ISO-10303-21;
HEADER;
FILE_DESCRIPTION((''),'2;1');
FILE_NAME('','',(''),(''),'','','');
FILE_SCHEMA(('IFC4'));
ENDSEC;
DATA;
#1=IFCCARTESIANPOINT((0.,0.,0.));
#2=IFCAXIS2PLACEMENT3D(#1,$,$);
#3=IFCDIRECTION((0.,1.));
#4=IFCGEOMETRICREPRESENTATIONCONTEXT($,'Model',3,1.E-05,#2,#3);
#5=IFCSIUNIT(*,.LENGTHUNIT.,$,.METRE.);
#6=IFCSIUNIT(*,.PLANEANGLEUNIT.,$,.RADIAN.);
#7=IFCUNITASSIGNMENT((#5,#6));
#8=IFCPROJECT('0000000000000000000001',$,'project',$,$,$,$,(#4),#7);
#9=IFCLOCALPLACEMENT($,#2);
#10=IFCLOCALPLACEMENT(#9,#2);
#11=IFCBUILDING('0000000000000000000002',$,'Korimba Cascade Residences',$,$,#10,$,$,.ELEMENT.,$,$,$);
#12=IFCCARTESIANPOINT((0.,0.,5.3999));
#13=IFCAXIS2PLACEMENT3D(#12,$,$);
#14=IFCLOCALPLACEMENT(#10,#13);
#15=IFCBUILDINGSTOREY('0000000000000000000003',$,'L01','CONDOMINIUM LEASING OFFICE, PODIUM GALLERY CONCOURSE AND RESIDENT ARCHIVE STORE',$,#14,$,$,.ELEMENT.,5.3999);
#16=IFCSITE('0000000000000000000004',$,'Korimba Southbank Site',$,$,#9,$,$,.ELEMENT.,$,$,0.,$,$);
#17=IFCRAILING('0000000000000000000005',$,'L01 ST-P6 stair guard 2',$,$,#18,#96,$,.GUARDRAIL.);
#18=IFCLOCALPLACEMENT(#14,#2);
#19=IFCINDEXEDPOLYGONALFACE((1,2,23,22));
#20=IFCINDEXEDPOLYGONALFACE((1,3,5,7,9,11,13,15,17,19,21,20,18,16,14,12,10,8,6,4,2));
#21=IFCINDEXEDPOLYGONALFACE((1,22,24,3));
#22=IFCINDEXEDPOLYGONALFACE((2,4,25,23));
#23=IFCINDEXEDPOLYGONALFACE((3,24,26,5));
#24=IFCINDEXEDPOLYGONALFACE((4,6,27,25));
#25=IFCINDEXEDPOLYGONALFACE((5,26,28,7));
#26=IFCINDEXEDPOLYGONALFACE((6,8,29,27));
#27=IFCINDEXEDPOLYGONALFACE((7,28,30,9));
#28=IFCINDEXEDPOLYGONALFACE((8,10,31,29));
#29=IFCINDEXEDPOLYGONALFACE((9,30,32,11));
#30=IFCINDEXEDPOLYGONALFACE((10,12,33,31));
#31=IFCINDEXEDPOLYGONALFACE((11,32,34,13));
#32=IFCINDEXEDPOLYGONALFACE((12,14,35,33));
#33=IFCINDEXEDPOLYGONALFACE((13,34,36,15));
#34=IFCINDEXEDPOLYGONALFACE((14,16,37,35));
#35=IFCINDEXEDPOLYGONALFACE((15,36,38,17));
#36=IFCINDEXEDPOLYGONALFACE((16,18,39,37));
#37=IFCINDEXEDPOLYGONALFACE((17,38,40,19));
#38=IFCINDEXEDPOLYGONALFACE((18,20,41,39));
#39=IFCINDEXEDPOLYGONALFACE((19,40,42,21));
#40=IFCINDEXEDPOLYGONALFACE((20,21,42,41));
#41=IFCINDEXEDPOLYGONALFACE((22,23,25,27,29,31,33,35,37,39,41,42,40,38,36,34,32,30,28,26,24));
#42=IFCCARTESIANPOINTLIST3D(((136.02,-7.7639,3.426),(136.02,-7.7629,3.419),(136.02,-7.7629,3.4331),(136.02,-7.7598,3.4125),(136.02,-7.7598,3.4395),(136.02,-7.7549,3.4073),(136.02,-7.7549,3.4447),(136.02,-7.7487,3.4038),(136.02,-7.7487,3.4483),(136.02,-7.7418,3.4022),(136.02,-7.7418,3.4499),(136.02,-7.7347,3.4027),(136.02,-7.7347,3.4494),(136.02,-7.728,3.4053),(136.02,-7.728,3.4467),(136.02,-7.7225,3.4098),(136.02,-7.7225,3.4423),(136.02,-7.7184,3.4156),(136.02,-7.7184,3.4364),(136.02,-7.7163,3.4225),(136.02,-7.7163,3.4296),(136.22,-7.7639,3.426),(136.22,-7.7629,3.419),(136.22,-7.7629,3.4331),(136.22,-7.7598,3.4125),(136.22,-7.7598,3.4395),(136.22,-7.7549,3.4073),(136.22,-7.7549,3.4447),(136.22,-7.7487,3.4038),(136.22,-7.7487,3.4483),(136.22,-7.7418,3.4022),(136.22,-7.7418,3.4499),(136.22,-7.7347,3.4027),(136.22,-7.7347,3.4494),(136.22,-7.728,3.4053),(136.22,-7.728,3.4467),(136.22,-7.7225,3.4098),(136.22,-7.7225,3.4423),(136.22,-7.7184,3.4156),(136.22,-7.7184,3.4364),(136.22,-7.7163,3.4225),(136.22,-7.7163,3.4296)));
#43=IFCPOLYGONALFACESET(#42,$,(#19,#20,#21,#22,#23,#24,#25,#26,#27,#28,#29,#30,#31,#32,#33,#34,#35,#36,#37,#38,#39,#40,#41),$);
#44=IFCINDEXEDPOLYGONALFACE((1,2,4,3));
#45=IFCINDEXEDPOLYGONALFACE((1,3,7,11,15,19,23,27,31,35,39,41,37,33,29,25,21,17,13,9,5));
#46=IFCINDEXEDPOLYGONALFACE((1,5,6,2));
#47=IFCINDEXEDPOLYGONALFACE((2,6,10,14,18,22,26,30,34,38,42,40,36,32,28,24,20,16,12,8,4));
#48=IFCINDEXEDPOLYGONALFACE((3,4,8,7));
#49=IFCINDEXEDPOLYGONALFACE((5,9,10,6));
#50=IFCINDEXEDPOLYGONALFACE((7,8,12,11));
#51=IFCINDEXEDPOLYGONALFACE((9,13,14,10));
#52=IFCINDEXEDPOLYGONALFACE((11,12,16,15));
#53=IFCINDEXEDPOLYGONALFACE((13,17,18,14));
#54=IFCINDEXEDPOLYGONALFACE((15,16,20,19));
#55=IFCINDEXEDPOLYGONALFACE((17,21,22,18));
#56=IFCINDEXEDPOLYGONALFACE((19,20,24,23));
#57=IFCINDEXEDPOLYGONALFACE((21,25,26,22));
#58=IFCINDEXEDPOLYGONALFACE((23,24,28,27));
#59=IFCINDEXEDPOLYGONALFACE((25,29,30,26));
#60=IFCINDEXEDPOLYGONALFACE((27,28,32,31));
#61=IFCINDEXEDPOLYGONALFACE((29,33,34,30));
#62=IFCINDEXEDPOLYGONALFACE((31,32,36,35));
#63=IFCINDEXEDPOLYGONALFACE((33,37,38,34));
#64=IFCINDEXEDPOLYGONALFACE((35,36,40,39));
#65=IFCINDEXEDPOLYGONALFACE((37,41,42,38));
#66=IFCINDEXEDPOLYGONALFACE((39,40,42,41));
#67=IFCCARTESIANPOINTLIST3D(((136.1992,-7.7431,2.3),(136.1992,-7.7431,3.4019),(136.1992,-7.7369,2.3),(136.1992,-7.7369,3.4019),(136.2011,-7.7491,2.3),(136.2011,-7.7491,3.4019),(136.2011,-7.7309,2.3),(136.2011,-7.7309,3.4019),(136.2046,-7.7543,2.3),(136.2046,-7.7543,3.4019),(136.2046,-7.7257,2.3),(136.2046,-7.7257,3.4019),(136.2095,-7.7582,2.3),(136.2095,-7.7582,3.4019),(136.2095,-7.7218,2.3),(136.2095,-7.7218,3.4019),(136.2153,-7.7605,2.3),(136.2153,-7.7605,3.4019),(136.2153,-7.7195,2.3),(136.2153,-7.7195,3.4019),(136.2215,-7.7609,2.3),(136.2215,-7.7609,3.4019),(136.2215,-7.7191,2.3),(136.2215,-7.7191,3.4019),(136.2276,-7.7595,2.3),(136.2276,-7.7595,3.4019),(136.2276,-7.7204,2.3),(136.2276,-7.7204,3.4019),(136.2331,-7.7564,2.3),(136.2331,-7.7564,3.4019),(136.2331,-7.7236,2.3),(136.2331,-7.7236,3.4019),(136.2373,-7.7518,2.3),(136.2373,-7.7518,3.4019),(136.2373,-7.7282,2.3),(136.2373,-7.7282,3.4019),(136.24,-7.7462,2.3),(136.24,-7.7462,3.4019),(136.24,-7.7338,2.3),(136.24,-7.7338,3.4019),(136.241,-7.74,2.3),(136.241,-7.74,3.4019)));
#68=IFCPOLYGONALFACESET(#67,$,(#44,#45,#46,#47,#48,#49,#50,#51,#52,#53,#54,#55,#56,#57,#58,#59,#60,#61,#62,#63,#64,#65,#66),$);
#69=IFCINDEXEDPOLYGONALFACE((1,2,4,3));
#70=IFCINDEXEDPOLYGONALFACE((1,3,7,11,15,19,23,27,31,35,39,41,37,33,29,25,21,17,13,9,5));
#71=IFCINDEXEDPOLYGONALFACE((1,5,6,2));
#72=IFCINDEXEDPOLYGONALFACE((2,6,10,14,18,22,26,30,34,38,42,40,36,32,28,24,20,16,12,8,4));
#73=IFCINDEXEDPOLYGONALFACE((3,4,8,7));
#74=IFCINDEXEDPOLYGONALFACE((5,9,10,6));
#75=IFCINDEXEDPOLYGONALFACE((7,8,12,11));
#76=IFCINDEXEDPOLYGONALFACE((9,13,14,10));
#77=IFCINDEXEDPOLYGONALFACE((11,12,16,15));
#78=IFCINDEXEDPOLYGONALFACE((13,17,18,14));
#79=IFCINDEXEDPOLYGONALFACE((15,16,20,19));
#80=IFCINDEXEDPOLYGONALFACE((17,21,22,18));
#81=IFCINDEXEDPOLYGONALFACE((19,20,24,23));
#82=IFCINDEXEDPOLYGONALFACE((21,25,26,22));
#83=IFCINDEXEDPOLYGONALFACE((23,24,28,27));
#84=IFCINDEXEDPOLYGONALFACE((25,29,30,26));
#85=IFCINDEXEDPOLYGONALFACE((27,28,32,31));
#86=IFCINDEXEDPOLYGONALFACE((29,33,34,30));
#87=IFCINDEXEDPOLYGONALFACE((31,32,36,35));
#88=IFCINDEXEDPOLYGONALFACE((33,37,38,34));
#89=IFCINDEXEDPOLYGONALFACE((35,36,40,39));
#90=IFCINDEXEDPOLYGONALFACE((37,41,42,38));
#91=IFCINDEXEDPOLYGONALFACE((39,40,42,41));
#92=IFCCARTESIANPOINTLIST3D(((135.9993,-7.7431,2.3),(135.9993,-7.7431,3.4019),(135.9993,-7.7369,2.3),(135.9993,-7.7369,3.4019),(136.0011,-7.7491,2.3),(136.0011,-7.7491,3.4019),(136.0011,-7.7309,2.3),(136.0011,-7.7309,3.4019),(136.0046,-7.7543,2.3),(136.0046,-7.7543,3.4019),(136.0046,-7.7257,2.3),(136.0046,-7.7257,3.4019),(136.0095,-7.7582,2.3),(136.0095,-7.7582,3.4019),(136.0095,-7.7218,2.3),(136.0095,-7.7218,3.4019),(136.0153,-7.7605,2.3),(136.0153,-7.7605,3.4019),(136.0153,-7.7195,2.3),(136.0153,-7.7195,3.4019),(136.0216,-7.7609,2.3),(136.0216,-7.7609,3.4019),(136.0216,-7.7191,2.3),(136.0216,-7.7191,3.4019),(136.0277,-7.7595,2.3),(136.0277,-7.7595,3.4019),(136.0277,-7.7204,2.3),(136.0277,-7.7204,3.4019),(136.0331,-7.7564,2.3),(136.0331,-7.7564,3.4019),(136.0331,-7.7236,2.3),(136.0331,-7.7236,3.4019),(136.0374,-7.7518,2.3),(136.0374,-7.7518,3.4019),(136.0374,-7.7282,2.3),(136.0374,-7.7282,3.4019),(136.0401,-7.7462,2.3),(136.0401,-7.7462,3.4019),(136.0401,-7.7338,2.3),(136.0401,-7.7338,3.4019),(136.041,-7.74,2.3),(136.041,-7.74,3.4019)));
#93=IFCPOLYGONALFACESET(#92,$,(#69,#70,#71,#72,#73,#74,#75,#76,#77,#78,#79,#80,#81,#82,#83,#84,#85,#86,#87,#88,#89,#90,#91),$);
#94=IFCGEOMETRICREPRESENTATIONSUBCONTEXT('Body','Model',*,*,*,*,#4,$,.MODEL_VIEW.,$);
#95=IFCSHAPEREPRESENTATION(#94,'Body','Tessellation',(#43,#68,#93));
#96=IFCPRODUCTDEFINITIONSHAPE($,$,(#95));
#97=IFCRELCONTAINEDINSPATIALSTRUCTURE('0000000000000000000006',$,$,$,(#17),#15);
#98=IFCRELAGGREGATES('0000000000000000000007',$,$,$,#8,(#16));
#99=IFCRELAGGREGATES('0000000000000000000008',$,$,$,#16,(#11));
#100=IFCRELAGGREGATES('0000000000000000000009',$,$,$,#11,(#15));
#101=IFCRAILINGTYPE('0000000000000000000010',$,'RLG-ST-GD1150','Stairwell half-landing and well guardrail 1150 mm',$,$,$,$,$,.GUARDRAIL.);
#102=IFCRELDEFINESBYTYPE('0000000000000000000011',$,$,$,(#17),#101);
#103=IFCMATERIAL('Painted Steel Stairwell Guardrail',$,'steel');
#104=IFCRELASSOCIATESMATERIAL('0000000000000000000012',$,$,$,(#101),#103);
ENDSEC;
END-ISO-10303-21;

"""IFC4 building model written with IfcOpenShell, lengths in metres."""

from ifc_helpers import new_model, si_unit, direction, frame, origin, origin_2d, place, context, subcontext, project, spatial, circle, extrude, material, type_object, element, save


model = new_model("IFC4")

# Units and contexts
model_context = context("Model", 3, precision=1e-05, world=origin(), true_north=direction((0.0, 1.0)))
body_context = subcontext(model_context, "Body", "Model", "MODEL_VIEW")
ifc_project = project(units=[si_unit("LENGTHUNIT", "METRE"), si_unit("PLANEANGLEUNIT", "RADIAN")], contexts=[model_context])

# Site, building, storey
site_placement = place(None, origin())
site = spatial("IfcSite", under=ifc_project, at=site_placement, Name="Korimba Southbank Site", CompositionType="ELEMENT", RefElevation=0.0)
building_placement = place(site_placement, origin())
building = spatial("IfcBuilding", under=site, at=building_placement, Name="Korimba Cascade Residences", CompositionType="ELEMENT")
storey_placement = place(building_placement, frame((0.0, 0.0, 5.3999)))
storey = spatial("IfcBuildingStorey", under=building, at=storey_placement, Name="L01", Description="CONDOMINIUM LEASING OFFICE, PODIUM GALLERY CONCOURSE AND RESIDENT ARCHIVE STORE", CompositionType="ELEMENT", Elevation=5.3999)

# Railing
ifc_material_1 = material(Name="Painted Steel Stairwell Guardrail", Category="steel")
railing_type_1 = type_object("IfcRailingType", Name="RLG-ST-GD1150", Description="Stairwell half-landing and well guardrail 1150 mm", PredefinedType="GUARDRAIL", material=ifc_material_1)
railing_1_placement = place(storey_placement, frame((136.22, -7.74, 2.3)))
element("IfcRailing", 1, at=railing_1_placement, inside=storey, type_object=railing_type_1, Name="L01 ST-P6 stair guard 2", PredefinedType="GUARDRAIL", context=body_context, shape_type="SweptSolid", body=[
    extrude(circle(Radius=0.0239, at=origin_2d()), frame((0.0, 0.0, 1.126), z_axis=(-1.0, 0.0, 0.0), x_axis=(0.0, -1.0, 0.0)), (0.0, 0.0, 1.0), 0.2),
    extrude(circle(Radius=0.021, at=origin_2d()), origin(), (0.0, 0.0, 1.0), 1.1018),
    extrude(circle(Radius=0.021, at=origin_2d()), frame((-0.2, 0.0, 0.0)), (0.0, 0.0, 1.0), 1.1018),
])

save(model, "model.ifc")
